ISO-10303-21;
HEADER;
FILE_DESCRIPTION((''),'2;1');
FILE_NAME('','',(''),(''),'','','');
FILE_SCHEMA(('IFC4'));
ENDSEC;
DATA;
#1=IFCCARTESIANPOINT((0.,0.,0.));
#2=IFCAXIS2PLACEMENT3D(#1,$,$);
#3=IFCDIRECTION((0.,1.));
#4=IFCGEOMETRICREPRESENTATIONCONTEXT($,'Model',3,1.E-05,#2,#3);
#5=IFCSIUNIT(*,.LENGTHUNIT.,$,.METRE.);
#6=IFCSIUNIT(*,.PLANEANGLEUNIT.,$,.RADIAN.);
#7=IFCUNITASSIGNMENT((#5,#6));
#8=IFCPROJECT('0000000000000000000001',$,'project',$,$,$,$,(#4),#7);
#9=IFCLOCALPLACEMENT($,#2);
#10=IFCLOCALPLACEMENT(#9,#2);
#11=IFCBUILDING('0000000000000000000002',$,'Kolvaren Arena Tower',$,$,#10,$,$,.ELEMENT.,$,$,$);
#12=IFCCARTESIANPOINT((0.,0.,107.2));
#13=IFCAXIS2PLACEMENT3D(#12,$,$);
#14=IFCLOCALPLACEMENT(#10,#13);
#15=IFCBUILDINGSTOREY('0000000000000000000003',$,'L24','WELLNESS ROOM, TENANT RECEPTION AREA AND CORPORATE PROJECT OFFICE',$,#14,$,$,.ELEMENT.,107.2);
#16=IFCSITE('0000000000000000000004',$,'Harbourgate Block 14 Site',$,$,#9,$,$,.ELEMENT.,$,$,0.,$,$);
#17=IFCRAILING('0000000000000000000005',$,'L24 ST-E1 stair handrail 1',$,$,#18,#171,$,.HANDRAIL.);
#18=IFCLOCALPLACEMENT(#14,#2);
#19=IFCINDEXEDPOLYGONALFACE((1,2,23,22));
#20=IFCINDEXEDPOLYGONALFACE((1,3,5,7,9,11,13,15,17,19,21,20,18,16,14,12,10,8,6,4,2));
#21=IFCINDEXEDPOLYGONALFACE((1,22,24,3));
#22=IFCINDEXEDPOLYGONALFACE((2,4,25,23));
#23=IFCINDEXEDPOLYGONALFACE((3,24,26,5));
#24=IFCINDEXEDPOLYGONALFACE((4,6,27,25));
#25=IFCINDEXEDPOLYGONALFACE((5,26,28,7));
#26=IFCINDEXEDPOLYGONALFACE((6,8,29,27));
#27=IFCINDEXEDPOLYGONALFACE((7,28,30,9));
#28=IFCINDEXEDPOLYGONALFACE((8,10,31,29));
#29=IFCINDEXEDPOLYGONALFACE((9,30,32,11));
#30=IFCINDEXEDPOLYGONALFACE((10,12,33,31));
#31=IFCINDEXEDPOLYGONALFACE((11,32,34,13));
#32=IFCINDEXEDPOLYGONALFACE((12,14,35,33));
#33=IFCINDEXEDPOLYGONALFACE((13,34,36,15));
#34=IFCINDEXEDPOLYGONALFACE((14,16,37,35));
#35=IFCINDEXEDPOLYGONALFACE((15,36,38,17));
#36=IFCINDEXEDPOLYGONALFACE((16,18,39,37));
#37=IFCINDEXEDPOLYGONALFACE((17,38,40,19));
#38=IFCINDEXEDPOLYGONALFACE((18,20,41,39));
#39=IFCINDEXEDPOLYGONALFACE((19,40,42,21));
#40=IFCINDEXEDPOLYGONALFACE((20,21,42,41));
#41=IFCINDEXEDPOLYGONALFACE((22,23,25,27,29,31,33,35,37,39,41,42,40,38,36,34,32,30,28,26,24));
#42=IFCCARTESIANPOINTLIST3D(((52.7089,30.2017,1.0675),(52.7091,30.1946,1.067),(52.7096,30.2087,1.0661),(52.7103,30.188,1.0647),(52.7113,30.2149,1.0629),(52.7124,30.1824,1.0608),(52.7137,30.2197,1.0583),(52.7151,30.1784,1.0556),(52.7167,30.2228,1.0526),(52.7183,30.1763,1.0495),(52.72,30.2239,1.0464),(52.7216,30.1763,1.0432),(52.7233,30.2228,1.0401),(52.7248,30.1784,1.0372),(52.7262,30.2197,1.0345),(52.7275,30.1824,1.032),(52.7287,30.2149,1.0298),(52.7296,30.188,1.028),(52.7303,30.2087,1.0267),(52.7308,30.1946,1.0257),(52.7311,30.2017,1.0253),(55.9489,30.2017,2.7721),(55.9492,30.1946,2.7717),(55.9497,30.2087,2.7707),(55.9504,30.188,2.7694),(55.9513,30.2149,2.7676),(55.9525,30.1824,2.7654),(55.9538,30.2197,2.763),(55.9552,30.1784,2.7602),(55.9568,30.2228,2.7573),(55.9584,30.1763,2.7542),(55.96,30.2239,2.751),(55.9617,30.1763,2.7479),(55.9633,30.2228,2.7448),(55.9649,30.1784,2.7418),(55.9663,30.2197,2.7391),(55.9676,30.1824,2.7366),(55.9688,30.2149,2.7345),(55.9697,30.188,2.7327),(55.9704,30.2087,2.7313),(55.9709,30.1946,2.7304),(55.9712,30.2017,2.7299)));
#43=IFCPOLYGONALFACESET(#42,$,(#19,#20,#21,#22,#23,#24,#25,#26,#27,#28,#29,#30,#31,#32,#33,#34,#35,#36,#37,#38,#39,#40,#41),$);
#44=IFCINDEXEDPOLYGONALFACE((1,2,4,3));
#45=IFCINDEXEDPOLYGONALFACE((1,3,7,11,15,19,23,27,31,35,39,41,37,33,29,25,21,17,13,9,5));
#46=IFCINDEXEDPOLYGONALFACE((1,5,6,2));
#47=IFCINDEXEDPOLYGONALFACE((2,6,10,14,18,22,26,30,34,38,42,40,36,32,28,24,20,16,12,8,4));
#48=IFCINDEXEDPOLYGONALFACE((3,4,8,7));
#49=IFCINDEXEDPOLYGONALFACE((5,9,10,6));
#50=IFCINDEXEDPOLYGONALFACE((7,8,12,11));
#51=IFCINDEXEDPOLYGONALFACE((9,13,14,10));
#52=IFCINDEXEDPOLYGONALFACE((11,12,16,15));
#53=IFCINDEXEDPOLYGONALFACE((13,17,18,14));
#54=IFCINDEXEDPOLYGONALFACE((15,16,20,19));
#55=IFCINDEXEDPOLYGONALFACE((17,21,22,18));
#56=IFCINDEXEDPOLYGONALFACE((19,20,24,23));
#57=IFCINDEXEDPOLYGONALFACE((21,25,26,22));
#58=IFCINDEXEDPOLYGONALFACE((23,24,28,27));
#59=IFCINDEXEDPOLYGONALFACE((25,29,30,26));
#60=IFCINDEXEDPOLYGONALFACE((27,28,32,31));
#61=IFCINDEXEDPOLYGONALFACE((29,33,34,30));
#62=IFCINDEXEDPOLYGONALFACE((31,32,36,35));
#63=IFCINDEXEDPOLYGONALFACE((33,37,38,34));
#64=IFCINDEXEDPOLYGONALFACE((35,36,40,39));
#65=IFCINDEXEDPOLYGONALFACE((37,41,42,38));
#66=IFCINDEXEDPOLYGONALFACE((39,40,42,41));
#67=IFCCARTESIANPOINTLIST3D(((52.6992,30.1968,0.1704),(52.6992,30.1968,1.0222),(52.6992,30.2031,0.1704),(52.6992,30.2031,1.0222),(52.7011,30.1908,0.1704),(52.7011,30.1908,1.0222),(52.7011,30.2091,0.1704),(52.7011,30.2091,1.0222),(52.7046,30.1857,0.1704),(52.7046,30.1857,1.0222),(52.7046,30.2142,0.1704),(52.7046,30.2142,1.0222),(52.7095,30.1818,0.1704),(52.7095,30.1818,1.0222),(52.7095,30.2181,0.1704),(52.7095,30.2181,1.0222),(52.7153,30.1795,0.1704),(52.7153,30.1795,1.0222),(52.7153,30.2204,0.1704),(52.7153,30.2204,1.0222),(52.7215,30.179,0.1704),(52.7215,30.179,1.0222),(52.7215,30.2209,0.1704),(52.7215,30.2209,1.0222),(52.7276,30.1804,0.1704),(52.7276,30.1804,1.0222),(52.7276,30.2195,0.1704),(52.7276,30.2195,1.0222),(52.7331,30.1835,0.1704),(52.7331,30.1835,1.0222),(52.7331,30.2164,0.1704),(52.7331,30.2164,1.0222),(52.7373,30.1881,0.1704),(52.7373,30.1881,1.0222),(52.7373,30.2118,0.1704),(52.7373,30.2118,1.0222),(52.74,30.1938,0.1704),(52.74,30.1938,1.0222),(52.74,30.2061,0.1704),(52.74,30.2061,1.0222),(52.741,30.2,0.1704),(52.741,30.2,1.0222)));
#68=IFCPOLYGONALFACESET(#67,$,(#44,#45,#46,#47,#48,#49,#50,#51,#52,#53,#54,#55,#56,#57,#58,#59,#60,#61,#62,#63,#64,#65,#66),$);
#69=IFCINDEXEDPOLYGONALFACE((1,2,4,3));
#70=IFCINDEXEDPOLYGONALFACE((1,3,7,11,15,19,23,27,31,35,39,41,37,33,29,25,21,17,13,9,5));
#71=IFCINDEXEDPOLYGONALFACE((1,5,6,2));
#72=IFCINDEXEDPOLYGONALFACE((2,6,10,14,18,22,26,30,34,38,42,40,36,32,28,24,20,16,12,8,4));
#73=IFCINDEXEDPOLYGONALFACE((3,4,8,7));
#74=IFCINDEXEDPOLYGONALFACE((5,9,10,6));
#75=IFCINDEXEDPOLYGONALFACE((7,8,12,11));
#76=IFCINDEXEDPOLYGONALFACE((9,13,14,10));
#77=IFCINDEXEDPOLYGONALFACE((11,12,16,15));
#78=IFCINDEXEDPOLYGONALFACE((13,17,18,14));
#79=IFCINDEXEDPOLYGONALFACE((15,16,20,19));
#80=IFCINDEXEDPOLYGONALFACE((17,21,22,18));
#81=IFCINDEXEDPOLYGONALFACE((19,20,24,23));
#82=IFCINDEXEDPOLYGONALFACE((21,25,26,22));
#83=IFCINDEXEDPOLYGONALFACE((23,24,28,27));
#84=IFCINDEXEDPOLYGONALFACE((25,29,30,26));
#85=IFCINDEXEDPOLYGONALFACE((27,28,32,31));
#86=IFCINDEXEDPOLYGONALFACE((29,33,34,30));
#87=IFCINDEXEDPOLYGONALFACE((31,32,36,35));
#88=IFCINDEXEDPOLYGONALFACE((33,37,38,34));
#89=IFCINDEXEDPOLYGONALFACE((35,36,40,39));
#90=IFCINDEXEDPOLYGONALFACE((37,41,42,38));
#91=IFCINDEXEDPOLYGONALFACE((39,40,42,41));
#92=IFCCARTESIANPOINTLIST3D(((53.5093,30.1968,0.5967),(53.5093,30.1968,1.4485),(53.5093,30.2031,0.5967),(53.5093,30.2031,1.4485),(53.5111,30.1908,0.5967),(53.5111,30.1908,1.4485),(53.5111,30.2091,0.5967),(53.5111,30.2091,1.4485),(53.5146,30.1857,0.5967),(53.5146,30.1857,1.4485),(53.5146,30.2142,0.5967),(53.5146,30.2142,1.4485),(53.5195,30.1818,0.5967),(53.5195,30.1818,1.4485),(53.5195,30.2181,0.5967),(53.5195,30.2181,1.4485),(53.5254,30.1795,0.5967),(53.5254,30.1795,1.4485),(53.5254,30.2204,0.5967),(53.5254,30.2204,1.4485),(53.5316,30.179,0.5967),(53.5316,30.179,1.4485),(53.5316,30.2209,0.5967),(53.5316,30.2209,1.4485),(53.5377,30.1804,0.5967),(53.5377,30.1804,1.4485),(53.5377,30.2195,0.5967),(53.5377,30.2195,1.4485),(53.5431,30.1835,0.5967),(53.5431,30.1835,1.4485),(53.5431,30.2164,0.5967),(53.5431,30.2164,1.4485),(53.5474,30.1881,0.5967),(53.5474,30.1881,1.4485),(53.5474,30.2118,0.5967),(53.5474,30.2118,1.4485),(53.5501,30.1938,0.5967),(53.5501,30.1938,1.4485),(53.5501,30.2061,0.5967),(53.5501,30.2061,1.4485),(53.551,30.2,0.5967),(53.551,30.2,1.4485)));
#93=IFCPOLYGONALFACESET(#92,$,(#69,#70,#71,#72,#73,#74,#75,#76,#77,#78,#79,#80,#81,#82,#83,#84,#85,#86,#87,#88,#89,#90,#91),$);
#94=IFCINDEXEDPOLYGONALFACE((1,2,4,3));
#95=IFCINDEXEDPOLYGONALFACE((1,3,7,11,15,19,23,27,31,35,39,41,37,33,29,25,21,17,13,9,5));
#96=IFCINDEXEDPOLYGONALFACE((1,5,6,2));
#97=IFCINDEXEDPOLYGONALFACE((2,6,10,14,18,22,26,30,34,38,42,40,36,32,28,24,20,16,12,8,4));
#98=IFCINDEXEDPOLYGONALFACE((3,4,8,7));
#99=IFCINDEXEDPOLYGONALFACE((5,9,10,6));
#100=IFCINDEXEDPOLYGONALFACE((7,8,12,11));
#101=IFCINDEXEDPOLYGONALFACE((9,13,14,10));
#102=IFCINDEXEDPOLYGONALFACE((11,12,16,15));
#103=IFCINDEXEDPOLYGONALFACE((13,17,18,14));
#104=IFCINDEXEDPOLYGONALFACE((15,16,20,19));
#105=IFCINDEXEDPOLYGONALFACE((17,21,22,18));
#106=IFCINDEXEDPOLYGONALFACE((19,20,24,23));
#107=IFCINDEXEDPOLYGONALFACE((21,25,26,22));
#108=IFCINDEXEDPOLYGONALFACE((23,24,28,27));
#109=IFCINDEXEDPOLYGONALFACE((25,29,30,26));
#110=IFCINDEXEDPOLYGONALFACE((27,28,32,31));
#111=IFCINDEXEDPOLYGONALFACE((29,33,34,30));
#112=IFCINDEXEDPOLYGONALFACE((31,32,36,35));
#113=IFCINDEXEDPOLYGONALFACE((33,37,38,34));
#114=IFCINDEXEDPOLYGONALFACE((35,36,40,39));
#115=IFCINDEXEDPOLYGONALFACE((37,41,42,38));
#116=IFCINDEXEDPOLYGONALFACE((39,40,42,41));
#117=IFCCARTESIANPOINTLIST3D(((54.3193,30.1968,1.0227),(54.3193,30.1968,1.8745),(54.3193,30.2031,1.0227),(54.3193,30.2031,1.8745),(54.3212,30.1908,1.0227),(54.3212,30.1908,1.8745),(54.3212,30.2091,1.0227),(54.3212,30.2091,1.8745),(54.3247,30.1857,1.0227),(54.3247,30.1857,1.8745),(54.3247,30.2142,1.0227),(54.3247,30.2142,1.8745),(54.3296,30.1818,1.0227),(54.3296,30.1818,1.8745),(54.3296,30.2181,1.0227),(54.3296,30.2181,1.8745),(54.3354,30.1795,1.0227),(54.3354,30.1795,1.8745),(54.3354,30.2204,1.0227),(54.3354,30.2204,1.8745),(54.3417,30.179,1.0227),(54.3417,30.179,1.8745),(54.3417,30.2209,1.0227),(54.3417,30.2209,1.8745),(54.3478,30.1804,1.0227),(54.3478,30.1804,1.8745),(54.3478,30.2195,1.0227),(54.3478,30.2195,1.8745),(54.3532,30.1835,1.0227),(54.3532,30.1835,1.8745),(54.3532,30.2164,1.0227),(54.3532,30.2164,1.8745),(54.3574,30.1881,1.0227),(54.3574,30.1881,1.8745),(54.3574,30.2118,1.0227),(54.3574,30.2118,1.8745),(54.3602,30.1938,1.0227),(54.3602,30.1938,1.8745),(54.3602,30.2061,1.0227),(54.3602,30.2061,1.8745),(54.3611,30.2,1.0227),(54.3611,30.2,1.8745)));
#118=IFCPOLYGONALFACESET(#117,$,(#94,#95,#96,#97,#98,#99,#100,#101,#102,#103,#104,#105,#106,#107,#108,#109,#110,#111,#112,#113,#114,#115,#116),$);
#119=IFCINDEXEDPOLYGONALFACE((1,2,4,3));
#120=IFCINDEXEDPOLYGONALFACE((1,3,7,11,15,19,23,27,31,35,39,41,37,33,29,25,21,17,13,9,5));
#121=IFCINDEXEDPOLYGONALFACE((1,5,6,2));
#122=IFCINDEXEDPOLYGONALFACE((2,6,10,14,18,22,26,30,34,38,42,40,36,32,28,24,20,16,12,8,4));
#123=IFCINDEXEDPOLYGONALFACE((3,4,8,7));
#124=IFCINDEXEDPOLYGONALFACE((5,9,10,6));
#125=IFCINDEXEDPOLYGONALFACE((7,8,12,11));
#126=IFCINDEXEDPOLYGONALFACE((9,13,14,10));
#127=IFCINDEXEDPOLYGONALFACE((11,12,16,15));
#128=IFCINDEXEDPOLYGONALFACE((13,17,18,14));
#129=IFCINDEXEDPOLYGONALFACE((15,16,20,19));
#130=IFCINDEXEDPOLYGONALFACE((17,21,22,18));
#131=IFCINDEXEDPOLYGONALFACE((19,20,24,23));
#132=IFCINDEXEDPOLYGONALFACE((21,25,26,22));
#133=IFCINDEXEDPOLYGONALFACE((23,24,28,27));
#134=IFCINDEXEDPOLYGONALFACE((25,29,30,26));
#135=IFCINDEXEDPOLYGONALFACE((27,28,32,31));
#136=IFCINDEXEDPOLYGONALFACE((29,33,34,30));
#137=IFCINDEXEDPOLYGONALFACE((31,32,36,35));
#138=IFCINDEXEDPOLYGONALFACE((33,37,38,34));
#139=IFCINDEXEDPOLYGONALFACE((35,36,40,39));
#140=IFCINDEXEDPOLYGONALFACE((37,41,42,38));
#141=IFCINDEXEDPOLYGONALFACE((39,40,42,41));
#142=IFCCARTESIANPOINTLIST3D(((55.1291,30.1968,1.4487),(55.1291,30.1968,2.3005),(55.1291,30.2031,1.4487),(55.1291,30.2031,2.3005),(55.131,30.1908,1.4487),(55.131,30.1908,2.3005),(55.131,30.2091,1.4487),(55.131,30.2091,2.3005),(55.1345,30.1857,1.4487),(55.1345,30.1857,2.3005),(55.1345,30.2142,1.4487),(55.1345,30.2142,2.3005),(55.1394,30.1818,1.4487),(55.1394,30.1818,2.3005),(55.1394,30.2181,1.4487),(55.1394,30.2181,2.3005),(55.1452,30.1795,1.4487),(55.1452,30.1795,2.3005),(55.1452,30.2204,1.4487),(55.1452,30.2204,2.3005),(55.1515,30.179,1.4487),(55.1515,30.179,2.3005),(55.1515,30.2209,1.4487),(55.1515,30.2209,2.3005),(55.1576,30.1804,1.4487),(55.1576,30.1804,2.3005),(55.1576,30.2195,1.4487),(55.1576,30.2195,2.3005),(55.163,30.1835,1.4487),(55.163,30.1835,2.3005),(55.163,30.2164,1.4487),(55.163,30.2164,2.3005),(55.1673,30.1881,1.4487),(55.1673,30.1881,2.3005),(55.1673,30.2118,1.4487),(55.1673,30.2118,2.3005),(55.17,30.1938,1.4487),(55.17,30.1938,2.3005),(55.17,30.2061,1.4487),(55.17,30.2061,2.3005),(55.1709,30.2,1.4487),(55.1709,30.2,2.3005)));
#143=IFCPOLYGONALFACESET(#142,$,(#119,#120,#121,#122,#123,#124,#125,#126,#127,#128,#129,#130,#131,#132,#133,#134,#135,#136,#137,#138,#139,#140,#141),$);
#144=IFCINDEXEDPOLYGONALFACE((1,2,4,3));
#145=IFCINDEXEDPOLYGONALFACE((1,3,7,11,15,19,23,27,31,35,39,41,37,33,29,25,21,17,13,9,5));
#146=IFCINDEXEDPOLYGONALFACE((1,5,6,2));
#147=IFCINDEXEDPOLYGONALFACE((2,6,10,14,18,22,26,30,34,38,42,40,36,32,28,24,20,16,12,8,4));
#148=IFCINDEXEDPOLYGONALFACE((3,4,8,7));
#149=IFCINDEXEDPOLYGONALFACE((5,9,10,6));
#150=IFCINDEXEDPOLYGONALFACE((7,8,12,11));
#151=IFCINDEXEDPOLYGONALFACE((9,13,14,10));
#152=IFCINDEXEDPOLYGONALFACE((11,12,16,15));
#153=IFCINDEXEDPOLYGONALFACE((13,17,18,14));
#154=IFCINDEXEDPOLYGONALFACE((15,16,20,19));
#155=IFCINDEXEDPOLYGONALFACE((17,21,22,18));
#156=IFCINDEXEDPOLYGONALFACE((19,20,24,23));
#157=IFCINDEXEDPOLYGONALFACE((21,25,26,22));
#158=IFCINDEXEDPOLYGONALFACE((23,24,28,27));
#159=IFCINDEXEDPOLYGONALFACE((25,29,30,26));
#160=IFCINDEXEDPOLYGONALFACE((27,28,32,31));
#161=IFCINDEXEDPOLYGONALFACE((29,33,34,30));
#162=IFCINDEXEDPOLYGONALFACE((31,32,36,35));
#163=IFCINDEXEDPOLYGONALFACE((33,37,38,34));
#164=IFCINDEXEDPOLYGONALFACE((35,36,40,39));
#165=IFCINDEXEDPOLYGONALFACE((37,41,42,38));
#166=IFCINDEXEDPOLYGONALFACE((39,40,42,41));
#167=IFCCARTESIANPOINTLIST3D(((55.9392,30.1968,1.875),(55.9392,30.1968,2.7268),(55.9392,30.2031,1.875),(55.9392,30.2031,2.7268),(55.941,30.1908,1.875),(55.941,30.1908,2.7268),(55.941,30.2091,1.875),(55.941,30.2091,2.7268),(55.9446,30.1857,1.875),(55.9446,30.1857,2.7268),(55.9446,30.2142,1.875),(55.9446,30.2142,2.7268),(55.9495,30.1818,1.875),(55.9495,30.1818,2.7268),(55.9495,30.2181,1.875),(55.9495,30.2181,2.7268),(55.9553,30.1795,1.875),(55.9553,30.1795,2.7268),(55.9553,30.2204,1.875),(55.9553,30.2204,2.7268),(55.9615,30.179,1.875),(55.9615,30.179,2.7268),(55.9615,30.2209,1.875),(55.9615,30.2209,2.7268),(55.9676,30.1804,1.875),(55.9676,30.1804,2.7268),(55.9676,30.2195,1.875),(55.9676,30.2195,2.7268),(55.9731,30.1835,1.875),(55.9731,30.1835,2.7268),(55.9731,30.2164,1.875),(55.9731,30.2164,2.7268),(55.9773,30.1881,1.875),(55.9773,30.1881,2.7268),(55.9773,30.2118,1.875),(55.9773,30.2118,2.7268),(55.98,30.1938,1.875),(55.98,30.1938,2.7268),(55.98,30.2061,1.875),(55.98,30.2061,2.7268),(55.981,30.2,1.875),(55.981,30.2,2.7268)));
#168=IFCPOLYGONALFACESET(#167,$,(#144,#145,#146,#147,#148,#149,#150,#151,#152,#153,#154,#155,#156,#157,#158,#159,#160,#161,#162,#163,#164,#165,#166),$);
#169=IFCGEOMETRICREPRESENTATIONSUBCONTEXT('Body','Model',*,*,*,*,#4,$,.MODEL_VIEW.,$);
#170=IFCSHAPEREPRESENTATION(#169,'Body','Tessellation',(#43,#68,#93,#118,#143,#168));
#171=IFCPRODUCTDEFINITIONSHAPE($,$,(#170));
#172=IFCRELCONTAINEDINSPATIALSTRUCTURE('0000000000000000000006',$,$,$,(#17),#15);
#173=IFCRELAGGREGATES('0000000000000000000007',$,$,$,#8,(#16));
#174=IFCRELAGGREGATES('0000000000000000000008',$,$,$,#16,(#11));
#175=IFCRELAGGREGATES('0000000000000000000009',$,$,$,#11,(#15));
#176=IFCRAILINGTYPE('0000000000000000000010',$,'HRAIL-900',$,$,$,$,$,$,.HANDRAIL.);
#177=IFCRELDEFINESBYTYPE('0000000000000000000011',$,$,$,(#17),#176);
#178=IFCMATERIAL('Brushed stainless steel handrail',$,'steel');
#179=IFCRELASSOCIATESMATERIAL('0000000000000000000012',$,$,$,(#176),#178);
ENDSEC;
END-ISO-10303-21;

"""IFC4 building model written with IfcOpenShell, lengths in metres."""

from ifc_helpers import new_model, si_unit, direction, frame, origin, origin_2d, place, context, subcontext, project, spatial, circle, extrude, material, type_object, element, save


model = new_model("IFC4")

# Units and contexts
model_context = context("Model", 3, precision=1e-05, world=origin(), true_north=direction((0.0, 1.0)))
body_context = subcontext(model_context, "Body", "Model", "MODEL_VIEW")
ifc_project = project(units=[si_unit("LENGTHUNIT", "METRE"), si_unit("PLANEANGLEUNIT", "RADIAN")], contexts=[model_context])

# Site, building, storey
site_placement = place(None, origin())
site = spatial("IfcSite", under=ifc_project, at=site_placement, Name="Harbourgate Block 14 Site", CompositionType="ELEMENT", RefElevation=0.0)
building_placement = place(site_placement, origin())
building = spatial("IfcBuilding", under=site, at=building_placement, Name="Kolvaren Arena Tower", CompositionType="ELEMENT")
storey_placement = place(building_placement, frame((0.0, 0.0, 107.2)))
storey = spatial("IfcBuildingStorey", under=building, at=storey_placement, Name="L24", Description="WELLNESS ROOM, TENANT RECEPTION AREA AND CORPORATE PROJECT OFFICE", CompositionType="ELEMENT", Elevation=107.2)

# Railing
ifc_material_1 = material(Name="Brushed stainless steel handrail", Category="steel")
railing_type_1 = type_object("IfcRailingType", Name="HRAIL-900", PredefinedType="HANDRAIL", material=ifc_material_1)
for number, where, name in (
    (1, (52.72, 30.2, 0.1704), "L24 ST-E1 stair handrail 1"),
):
    element("IfcRailing", number, at=place(storey_placement, frame(where)), inside=storey, type_object=railing_type_1, Name=name, PredefinedType="HANDRAIL", context=body_context, shape_type="SweptSolid", body=[
        extrude(circle(Radius=0.0239, at=origin_2d()), frame((0.0, 0.0, 0.876), z_axis=(0.884993, 0.0, 0.465604), x_axis=(0.0, 1.0, 0.0)), (0.0, 0.0, 1.0), 3.6611),
        extrude(circle(Radius=0.021, at=origin_2d()), origin(), (0.0, 0.0, 1.0), 0.8518),
        extrude(circle(Radius=0.021, at=origin_2d()), frame((0.8101, 0.0, 0.4263)), (0.0, 0.0, 1.0), 0.8518),
        extrude(circle(Radius=0.021, at=origin_2d()), frame((1.6201, 0.0, 0.8523)), (0.0, 0.0, 1.0), 0.8518),
        extrude(circle(Radius=0.021, at=origin_2d()), frame((2.4299, 0.0, 1.2783)), (0.0, 0.0, 1.0), 0.8518),
        extrude(circle(Radius=0.021, at=origin_2d()), frame((3.24, 0.0, 1.7046)), (0.0, 0.0, 1.0), 0.8518),
    ])

save(model, "model.ifc")
